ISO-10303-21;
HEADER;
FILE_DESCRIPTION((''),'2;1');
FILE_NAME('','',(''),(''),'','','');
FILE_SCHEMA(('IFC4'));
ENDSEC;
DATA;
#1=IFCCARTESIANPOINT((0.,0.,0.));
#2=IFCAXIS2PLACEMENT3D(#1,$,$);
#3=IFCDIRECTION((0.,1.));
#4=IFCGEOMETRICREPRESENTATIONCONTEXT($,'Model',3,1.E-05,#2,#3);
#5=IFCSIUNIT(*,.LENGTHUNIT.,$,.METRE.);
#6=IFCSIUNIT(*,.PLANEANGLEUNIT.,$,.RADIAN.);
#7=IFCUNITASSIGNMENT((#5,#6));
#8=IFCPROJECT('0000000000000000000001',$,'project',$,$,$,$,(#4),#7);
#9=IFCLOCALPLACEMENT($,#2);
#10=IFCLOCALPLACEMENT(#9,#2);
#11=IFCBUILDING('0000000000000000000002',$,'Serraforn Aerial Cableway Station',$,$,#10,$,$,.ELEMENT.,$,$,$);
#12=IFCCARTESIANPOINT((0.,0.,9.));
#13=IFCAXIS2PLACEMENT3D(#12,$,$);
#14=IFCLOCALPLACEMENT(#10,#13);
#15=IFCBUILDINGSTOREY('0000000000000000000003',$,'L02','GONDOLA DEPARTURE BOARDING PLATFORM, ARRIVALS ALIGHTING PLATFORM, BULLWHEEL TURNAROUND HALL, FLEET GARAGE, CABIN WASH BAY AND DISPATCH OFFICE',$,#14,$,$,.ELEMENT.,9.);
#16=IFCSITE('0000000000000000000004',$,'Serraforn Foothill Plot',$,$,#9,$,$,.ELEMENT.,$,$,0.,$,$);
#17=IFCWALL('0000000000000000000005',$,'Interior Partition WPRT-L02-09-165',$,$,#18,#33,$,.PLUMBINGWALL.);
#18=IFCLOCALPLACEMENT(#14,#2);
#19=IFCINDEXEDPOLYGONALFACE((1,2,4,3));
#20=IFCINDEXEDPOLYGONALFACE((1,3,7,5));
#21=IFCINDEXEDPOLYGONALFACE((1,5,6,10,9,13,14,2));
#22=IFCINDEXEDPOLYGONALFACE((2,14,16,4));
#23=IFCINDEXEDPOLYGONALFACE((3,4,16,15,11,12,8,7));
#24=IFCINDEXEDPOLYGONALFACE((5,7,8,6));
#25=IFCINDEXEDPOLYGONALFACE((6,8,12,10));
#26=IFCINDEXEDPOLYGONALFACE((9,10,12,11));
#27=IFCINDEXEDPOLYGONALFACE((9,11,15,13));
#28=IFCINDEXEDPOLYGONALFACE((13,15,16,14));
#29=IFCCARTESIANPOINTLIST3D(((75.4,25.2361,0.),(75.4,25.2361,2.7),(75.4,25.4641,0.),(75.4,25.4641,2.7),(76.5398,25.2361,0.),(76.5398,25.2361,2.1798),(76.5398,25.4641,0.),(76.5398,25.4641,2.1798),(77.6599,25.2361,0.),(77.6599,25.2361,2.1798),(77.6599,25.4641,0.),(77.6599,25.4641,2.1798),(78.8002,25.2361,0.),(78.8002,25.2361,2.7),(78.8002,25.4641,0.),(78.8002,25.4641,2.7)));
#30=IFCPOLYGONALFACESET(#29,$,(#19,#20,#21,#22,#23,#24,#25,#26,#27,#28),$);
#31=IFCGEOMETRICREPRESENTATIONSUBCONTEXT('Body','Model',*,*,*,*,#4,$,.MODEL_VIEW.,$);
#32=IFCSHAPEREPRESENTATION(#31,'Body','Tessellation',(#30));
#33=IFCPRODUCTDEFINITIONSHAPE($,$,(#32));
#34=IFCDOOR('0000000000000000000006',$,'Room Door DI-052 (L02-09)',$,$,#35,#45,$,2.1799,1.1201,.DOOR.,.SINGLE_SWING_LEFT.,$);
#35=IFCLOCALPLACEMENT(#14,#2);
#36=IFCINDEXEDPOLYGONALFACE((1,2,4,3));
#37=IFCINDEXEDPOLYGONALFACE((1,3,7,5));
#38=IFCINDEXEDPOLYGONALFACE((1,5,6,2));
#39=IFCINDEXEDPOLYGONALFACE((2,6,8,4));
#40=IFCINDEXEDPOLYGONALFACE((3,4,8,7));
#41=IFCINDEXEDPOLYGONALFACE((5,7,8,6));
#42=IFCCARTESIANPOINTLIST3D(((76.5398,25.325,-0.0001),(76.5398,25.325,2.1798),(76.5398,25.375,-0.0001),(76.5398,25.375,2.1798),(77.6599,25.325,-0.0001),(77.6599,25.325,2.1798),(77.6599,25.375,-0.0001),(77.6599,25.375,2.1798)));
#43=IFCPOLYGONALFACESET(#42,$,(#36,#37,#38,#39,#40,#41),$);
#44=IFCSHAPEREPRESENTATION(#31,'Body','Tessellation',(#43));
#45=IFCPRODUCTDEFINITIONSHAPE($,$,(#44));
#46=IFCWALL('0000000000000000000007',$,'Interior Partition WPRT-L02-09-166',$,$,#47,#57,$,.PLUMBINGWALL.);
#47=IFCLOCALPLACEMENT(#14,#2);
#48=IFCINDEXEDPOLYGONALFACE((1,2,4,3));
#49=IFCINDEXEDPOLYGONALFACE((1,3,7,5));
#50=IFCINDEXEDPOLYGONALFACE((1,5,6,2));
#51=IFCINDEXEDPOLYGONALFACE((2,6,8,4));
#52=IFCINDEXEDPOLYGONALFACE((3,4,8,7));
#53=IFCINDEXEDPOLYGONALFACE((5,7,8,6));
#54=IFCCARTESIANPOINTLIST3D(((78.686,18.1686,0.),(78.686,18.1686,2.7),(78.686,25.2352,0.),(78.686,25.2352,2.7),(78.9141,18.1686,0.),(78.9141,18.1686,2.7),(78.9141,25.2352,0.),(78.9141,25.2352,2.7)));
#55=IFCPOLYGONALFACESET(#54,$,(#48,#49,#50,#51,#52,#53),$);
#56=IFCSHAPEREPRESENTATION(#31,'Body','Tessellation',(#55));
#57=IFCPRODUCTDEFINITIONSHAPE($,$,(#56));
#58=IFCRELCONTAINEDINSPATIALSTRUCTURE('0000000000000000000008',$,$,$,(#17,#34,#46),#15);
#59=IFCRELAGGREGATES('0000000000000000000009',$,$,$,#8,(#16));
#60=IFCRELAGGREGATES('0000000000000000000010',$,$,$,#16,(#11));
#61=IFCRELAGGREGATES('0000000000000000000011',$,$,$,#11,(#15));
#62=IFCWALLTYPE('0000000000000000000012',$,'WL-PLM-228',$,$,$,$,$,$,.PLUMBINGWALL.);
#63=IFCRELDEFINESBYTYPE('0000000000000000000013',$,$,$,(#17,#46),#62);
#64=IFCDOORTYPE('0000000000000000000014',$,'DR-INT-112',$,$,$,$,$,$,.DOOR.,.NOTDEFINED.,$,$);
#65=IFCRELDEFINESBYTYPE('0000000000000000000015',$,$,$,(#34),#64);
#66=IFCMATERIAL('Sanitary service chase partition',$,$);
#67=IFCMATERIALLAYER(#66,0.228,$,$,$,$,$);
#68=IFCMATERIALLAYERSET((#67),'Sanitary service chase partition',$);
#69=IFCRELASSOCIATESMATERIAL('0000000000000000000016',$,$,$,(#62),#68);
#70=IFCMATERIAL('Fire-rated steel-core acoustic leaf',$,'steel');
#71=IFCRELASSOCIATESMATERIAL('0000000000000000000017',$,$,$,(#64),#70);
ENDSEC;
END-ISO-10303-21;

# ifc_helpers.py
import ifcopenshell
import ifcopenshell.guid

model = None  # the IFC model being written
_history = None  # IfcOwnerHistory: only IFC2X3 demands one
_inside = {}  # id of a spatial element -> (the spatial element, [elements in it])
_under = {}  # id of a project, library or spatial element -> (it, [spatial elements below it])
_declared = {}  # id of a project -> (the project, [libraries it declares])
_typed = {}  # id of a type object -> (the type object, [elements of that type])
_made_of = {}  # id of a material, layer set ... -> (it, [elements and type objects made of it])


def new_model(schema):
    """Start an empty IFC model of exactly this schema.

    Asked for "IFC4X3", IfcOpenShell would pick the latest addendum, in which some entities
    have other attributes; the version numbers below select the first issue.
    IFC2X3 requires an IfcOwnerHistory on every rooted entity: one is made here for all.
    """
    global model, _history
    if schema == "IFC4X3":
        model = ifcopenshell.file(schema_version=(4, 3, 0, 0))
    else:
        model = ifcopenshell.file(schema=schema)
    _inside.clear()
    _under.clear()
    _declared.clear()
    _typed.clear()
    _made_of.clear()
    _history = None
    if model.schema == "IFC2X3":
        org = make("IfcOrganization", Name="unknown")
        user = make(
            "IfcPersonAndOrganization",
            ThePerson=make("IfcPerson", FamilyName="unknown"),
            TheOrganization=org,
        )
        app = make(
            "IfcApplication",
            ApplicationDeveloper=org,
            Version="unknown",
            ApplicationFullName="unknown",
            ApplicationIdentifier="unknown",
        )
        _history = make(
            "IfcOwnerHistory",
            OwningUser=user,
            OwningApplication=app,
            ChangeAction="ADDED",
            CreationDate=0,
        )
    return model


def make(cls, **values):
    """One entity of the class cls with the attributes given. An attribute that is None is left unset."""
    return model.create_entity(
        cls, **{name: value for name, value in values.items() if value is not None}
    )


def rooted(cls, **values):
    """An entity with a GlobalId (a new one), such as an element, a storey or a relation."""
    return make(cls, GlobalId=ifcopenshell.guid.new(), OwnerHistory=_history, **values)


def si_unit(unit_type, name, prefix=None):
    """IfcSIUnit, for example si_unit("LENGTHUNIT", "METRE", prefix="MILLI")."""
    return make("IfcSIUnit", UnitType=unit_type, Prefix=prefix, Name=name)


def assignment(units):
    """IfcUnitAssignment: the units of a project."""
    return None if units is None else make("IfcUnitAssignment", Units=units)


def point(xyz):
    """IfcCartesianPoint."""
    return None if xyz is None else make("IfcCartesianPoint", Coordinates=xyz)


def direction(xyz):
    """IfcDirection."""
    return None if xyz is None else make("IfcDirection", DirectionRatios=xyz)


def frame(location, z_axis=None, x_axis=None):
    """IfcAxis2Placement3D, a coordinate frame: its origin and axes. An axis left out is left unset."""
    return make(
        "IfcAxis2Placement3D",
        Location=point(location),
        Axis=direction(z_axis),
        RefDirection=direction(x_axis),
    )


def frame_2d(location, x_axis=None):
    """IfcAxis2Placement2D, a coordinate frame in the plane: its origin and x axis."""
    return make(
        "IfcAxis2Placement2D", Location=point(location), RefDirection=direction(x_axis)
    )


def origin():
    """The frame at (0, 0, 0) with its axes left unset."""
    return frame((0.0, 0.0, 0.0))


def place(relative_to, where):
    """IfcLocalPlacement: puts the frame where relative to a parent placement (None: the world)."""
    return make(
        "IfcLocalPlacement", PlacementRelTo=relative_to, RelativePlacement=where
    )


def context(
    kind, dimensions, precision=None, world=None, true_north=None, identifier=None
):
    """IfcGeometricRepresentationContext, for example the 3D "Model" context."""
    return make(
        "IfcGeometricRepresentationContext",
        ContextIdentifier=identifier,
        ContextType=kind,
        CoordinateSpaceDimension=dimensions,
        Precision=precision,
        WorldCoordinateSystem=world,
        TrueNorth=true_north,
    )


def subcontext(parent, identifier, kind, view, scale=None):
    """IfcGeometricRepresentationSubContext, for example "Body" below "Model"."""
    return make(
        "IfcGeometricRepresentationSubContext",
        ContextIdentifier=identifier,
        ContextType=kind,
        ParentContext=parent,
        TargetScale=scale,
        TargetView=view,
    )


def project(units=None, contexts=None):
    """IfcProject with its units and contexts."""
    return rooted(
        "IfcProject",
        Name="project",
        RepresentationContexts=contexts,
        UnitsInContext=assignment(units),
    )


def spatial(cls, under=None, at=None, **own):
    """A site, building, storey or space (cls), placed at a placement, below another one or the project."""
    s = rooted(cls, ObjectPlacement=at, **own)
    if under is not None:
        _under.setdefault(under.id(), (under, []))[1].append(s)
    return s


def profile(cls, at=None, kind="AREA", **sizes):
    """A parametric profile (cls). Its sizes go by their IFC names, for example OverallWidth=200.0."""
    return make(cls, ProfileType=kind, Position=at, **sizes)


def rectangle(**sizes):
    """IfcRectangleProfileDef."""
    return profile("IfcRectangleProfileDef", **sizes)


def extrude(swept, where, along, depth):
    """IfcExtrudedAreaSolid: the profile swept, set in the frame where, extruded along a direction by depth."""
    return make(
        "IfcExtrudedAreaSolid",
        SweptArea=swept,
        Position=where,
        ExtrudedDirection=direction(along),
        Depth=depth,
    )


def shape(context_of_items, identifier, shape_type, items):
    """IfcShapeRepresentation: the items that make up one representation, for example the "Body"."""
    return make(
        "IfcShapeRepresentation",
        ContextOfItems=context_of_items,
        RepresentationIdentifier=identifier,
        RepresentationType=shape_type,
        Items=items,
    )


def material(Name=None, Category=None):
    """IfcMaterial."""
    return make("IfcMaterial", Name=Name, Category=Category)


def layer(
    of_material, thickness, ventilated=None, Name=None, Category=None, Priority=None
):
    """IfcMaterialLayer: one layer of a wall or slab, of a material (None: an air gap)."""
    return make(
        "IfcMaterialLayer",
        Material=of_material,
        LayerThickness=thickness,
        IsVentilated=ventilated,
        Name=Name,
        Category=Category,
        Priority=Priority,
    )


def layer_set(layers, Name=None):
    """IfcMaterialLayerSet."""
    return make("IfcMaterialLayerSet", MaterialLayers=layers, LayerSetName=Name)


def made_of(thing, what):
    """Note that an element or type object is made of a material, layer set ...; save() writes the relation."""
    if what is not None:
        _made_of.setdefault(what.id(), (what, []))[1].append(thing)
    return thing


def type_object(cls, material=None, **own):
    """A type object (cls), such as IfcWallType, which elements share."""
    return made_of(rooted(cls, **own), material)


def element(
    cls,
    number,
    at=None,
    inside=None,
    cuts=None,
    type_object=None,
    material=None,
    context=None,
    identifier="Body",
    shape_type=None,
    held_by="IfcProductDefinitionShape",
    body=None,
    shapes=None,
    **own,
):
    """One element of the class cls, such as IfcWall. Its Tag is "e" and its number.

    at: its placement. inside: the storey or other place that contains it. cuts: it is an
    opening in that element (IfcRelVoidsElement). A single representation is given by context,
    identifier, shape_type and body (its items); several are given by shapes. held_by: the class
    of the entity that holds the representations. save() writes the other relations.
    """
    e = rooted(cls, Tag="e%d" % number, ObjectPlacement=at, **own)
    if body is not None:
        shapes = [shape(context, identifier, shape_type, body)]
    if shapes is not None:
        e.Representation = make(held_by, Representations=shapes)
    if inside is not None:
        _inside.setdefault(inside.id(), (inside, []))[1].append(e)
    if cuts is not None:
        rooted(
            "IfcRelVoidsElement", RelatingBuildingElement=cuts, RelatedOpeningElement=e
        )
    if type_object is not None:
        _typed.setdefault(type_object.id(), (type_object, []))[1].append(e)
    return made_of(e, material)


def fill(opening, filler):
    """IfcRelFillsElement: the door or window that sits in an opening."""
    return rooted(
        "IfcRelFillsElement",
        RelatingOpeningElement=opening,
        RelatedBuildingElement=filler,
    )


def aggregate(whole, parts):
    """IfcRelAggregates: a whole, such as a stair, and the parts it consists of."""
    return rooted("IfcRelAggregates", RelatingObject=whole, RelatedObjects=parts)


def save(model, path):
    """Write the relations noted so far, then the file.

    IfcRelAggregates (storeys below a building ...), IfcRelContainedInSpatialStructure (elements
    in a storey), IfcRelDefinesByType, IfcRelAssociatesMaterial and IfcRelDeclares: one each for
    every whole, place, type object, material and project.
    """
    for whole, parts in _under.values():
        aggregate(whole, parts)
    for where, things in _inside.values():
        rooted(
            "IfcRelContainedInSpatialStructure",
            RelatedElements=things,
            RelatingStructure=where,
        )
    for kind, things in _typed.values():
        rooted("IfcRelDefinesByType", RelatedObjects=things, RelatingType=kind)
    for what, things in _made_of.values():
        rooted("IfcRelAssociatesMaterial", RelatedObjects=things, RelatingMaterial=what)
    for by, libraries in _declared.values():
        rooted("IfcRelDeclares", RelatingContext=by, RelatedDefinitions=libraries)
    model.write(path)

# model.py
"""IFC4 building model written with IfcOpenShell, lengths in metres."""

from ifc_helpers import new_model, si_unit, direction, frame, frame_2d, origin, place, context, subcontext, project, spatial, rectangle, extrude, material, layer, layer_set, type_object, element, fill, save


model = new_model("IFC4")

# Units and contexts
model_context = context("Model", 3, precision=1e-05, world=origin(), true_north=direction((0.0, 1.0)))
body_context = subcontext(model_context, "Body", "Model", "MODEL_VIEW")
ifc_project = project(units=[si_unit("LENGTHUNIT", "METRE"), si_unit("PLANEANGLEUNIT", "RADIAN")], contexts=[model_context])

# Site, building, storey
site_placement = place(None, origin())
site = spatial("IfcSite", under=ifc_project, at=site_placement, Name="Serraforn Foothill Plot", CompositionType="ELEMENT", RefElevation=0.0)
building_placement = place(site_placement, origin())
building = spatial("IfcBuilding", under=site, at=building_placement, Name="Serraforn Aerial Cableway Station", CompositionType="ELEMENT")
storey_placement = place(building_placement, frame((0.0, 0.0, 9.0)))
storey = spatial("IfcBuildingStorey", under=building, at=storey_placement, Name="L02", Description="GONDOLA DEPARTURE BOARDING PLATFORM, ARRIVALS ALIGHTING PLATFORM, BULLWHEEL TURNAROUND HALL, FLEET GARAGE, CABIN WASH BAY AND DISPATCH OFFICE", CompositionType="ELEMENT", Elevation=9.0)

# Shared definitions
ifc_material_1 = material(Name="Sanitary service chase partition")
ifc_layer_1 = layer(ifc_material_1, 0.228)
ifc_layer_set_1 = layer_set([ifc_layer_1], Name="Sanitary service chase partition")
wall_type_1 = type_object("IfcWallType", Name="WL-PLM-228", PredefinedType="PLUMBINGWALL", material=ifc_layer_set_1)

# Wall, opening, door
wall_1_placement = place(storey_placement, frame((75.3999, 25.3501, 0.0), z_axis=(0.0, 0.0, 1.0), x_axis=(1.0, 0.0, 0.0)))
wall_1 = element("IfcWall", 1, at=wall_1_placement, inside=storey, type_object=wall_type_1, Name="Interior Partition WPRT-L02-09-165", PredefinedType="PLUMBINGWALL", context=body_context, shape_type="SweptSolid", body=[
    extrude(rectangle(XDim=3.4001, YDim=0.228, at=frame_2d((1.7002, 0.0))), origin(), (0.0, 0.0, 1.0), 2.7),
])
opening_placement = place(wall_1_placement, frame((1.1399, 0.0, 0.0)))
opening = element("IfcOpeningElement", 2, at=opening_placement, cuts=wall_1, PredefinedType="OPENING", context=body_context, shape_type="SweptSolid", body=[
    extrude(rectangle(XDim=1.1201, YDim=2.1799, at=frame_2d((0.5601, 1.0898))), frame((0.0, 0.124, 0.0), z_axis=(0.0, -1.0, 0.0), x_axis=(1.0, 0.0, 0.0)), (0.0, 0.0, 1.0), 0.248),
])
ifc_material_2 = material(Name="Fire-rated steel-core acoustic leaf", Category="steel")
door_type = type_object("IfcDoorType", Name="DR-INT-112", OperationType="NOTDEFINED", PredefinedType="DOOR", material=ifc_material_2)
door_placement = place(opening_placement, origin())
door = element("IfcDoor", 3, at=door_placement, inside=storey, type_object=door_type, Name="Room Door DI-052 (L02-09)", OperationType="SINGLE_SWING_LEFT", OverallHeight=2.1799, OverallWidth=1.1201, PredefinedType="DOOR", context=body_context, shape_type="SweptSolid", body=[
    extrude(rectangle(XDim=1.1201, YDim=2.1799, at=frame_2d((0.5601, 1.0898))), frame((0.0, 0.0249, 0.0), z_axis=(0.0, -1.0, 0.0), x_axis=(1.0, 0.0, 0.0)), (0.0, 0.0, 1.0), 0.05),
])
fill(opening, door)

# Wall
wall_2_placement = place(storey_placement, frame((78.8, 25.2351, 0.0), z_axis=(0.0, 0.0, 1.0), x_axis=(0.0, -1.0, 0.0)))
element("IfcWall", 4, at=wall_2_placement, inside=storey, type_object=wall_type_1, Name="Interior Partition WPRT-L02-09-166", PredefinedType="PLUMBINGWALL", context=body_context, shape_type="SweptSolid", body=[
    extrude(rectangle(XDim=7.0667, YDim=0.228, at=frame_2d((3.5332, 0.0))), origin(), (0.0, 0.0, 1.0), 2.7),
])

save(model, "model.ifc")
